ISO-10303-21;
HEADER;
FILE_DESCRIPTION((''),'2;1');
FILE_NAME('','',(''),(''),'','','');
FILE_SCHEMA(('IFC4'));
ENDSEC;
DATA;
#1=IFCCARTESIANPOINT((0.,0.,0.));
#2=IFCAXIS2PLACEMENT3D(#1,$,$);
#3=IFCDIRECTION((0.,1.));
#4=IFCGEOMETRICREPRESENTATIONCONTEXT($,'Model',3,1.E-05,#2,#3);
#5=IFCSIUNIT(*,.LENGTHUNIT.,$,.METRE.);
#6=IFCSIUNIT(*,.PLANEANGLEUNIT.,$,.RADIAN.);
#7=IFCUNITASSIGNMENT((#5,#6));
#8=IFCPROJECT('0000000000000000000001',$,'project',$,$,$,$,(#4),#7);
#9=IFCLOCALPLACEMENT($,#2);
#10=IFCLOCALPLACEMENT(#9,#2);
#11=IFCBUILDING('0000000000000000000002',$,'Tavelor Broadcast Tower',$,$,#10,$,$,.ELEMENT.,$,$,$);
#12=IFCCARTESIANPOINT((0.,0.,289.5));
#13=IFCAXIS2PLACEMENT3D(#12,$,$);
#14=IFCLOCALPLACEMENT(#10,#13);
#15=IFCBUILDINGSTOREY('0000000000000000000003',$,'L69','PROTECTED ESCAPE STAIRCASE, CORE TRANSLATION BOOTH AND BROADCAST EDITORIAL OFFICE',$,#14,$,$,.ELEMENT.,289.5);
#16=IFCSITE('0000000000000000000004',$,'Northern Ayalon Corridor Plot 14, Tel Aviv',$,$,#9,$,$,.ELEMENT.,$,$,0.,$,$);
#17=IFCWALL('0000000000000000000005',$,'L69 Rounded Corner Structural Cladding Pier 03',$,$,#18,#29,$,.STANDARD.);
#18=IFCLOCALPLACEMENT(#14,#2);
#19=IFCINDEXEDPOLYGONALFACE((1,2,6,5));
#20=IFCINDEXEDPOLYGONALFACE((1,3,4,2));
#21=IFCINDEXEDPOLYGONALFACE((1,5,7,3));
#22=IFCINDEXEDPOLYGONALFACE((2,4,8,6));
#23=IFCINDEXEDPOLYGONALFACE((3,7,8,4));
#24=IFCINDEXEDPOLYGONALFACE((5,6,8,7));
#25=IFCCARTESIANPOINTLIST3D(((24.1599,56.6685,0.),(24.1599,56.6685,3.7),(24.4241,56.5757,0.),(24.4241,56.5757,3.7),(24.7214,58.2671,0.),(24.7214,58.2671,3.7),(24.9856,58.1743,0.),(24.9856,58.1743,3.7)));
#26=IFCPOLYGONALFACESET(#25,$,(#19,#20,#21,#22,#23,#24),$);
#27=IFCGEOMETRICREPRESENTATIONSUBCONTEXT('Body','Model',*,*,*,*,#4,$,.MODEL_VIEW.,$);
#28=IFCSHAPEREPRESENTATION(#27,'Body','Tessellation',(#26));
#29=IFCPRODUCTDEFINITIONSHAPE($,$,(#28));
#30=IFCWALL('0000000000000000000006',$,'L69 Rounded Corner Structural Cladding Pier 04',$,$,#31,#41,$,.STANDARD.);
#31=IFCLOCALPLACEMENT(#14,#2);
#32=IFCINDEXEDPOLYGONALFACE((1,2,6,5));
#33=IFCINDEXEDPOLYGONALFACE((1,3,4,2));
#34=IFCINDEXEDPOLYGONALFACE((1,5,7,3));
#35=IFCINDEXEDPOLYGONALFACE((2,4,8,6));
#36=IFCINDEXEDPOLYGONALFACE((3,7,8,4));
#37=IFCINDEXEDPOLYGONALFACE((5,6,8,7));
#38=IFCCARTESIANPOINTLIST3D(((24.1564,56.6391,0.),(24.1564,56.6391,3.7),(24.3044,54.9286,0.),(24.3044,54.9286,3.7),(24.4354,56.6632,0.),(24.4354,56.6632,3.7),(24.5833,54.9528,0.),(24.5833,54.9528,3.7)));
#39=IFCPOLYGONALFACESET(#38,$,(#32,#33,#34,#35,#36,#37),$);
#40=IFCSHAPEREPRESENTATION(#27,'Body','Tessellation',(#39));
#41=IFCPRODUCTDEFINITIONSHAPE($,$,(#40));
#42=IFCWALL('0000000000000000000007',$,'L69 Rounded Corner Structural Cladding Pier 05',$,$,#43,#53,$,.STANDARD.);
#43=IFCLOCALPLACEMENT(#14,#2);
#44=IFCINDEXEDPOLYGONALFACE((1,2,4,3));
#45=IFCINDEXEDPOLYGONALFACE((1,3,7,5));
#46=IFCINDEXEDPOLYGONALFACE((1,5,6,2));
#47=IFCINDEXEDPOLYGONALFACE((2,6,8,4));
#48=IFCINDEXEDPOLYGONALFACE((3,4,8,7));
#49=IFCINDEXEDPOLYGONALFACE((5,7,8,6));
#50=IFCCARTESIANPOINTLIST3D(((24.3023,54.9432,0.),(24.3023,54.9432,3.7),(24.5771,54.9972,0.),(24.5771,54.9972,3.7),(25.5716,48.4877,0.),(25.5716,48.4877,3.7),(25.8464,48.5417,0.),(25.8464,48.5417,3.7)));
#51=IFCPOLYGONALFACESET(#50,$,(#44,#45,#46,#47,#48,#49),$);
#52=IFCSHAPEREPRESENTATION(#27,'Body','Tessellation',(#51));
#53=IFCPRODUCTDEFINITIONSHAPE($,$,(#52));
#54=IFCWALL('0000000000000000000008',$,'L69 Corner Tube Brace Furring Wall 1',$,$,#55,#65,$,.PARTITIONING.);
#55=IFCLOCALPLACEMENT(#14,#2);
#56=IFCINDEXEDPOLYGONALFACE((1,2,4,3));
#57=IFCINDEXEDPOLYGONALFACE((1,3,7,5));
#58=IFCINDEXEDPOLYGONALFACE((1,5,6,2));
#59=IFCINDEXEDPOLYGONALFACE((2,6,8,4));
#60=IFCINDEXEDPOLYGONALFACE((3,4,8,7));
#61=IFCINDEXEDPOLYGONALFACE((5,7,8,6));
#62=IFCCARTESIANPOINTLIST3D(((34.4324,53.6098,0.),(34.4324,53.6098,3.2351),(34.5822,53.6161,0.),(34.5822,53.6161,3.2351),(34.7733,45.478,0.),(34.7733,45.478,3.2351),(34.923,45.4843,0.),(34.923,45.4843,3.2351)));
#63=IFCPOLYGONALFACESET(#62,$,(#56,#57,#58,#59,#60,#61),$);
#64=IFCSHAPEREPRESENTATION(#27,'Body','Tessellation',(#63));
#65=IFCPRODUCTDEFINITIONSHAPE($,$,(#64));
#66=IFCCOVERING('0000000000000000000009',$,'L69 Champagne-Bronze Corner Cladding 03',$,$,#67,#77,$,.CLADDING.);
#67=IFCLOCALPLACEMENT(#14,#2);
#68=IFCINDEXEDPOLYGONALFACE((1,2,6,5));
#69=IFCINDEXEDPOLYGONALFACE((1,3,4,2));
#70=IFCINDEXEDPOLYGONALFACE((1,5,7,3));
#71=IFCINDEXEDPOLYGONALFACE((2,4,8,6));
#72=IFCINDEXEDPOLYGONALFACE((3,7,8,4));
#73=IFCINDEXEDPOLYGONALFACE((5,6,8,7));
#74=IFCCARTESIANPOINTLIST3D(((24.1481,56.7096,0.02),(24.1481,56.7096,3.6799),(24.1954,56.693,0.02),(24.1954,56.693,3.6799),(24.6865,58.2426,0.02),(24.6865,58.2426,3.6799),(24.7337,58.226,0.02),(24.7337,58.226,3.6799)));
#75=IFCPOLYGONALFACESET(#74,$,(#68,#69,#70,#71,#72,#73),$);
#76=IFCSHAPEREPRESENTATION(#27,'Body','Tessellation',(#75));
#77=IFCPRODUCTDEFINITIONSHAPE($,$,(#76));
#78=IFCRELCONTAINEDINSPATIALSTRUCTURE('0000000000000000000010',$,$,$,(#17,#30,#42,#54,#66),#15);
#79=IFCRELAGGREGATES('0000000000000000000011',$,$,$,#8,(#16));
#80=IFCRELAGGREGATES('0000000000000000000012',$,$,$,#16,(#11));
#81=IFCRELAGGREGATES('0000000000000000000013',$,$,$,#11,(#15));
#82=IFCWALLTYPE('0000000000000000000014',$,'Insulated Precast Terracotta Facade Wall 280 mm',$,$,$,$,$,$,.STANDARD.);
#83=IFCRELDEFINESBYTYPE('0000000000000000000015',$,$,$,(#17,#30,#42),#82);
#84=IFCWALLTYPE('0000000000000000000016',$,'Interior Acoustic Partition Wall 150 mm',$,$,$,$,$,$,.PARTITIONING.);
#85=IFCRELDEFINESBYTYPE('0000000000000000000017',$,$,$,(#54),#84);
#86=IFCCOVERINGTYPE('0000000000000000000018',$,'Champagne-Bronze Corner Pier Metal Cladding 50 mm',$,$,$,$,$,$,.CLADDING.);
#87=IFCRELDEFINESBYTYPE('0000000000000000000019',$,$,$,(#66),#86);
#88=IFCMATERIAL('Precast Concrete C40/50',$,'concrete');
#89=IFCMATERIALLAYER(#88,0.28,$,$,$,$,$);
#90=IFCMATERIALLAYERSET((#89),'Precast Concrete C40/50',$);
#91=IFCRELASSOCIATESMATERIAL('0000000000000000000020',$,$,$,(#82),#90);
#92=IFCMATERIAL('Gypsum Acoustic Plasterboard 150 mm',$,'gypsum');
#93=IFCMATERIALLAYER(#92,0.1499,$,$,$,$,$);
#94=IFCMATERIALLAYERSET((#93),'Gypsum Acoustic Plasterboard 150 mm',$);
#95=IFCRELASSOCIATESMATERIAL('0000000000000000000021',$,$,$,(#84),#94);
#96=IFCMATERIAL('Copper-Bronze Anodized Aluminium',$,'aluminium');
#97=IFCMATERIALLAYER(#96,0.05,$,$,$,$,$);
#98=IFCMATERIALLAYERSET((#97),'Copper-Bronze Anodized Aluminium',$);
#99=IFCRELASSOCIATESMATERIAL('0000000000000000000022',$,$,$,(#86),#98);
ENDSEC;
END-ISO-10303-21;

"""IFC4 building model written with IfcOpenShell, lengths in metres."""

from ifc_helpers import new_model, si_unit, direction, frame, frame_2d, origin, origin_2d, place, context, subcontext, project, spatial, rectangle, extrude, material, layer, layer_set, type_object, element, save


model = new_model("IFC4")

# Units and contexts
model_context = context("Model", 3, precision=1e-05, world=origin(), true_north=direction((0.0, 1.0)))
body_context = subcontext(model_context, "Body", "Model", "MODEL_VIEW")
ifc_project = project(units=[si_unit("LENGTHUNIT", "METRE"), si_unit("PLANEANGLEUNIT", "RADIAN")], contexts=[model_context])

# Site, building, storey
site_placement = place(None, origin())
site = spatial("IfcSite", under=ifc_project, at=site_placement, Name="Northern Ayalon Corridor Plot 14, Tel Aviv", CompositionType="ELEMENT", RefElevation=0.0)
building_placement = place(site_placement, origin())
building = spatial("IfcBuilding", under=site, at=building_placement, Name="Tavelor Broadcast Tower", CompositionType="ELEMENT")
storey_placement = place(building_placement, frame((0.0, 0.0, 289.5)))
storey = spatial("IfcBuildingStorey", under=building, at=storey_placement, Name="L69", Description="PROTECTED ESCAPE STAIRCASE, CORE TRANSLATION BOOTH AND BROADCAST EDITORIAL OFFICE", CompositionType="ELEMENT", Elevation=289.5)

# Walls
ifc_material_1 = material(Name="Precast Concrete C40/50", Category="concrete")
ifc_layer_1 = layer(ifc_material_1, 0.28)
ifc_layer_set_1 = layer_set([ifc_layer_1], Name="Precast Concrete C40/50")
wall_type_1 = type_object("IfcWallType", Name="Insulated Precast Terracotta Facade Wall 280 mm", PredefinedType="STANDARD", material=ifc_layer_set_1)
for number, where, z_axis, x_axis, name in (
    (1, (24.8535, 58.2207, 0.0), (0.0, 0.0, 1.0), (-0.331403, -0.943489, 0.0), "L69 Rounded Corner Structural Cladding Pier 03"),
):
    element("IfcWall", number, at=place(storey_placement, frame(where, z_axis=z_axis, x_axis=x_axis)), inside=storey, type_object=wall_type_1, Name=name, PredefinedType="STANDARD", context=body_context, shape_type="SweptSolid", body=[
        extrude(rectangle(XDim=1.6943, YDim=0.28, at=frame_2d((0.8472, 0.0))), origin(), (0.0, 0.0, 1.0), 3.7),
    ])
wall_1_placement = place(storey_placement, frame((24.2959, 56.6511, 0.0), z_axis=(0.0, 0.0, 1.0), x_axis=(0.086176, -0.99628, 0.0)))
element("IfcWall", 2, at=wall_1_placement, inside=storey, type_object=wall_type_1, Name="L69 Rounded Corner Structural Cladding Pier 04", PredefinedType="STANDARD", context=body_context, shape_type="SweptSolid", body=[
    extrude(rectangle(XDim=1.7168, YDim=0.28, at=frame_2d((0.8584, 0.0))), origin(), (0.0, 0.0, 1.0), 3.7),
])
wall_2_placement = place(storey_placement, frame((24.4397, 54.9702, 0.0), z_axis=(0.0, 0.0, 1.0), x_axis=(0.192925, -0.981213, 0.0)))
element("IfcWall", 3, at=wall_2_placement, inside=storey, type_object=wall_type_1, Name="L69 Rounded Corner Structural Cladding Pier 05", PredefinedType="STANDARD", context=body_context, shape_type="SweptSolid", body=[
    extrude(rectangle(XDim=6.5791, YDim=0.28, at=frame_2d((3.2896, 0.0))), origin(), (0.0, 0.0, 1.0), 3.7),
])
ifc_material_2 = material(Name="Gypsum Acoustic Plasterboard 150 mm", Category="gypsum")
ifc_layer_2 = layer(ifc_material_2, 0.1499)
ifc_layer_set_2 = layer_set([ifc_layer_2], Name="Gypsum Acoustic Plasterboard 150 mm")
wall_type_2 = type_object("IfcWallType", Name="Interior Acoustic Partition Wall 150 mm", PredefinedType="PARTITIONING", material=ifc_layer_set_2)
wall_3_placement = place(storey_placement, frame((34.5073, 53.6128, 0.0), z_axis=(0.0, 0.0, 1.0), x_axis=(0.041875, -0.999123, 0.0)))
element("IfcWall", 4, at=wall_3_placement, inside=storey, type_object=wall_type_2, Name="L69 Corner Tube Brace Furring Wall 1", PredefinedType="PARTITIONING", context=body_context, shape_type="SweptSolid", body=[
    extrude(rectangle(XDim=8.1389, YDim=0.1499, at=frame_2d((4.0693, 0.0))), origin(), (0.0, 0.0, 1.0), 3.2351),
])

# Covering
ifc_material_3 = material(Name="Copper-Bronze Anodized Aluminium", Category="aluminium")
ifc_layer_3 = layer(ifc_material_3, 0.05)
ifc_layer_set_3 = layer_set([ifc_layer_3], Name="Copper-Bronze Anodized Aluminium")
covering_type = type_object("IfcCoveringType", Name="Champagne-Bronze Corner Pier Metal Cladding 50 mm", PredefinedType="CLADDING", material=ifc_layer_set_3)
covering_placement = place(storey_placement, frame((24.4409, 57.4678, 0.02), z_axis=(0.0, 0.0, 1.0), x_axis=(-0.331338, -0.943512, 0.0)))
element("IfcCovering", 5, at=covering_placement, inside=storey, type_object=covering_type, Name="L69 Champagne-Bronze Corner Cladding 03", PredefinedType="CLADDING", context=body_context, shape_type="SweptSolid", body=[
    extrude(rectangle(XDim=1.6248, YDim=0.05, at=origin_2d()), origin(), (0.0, 0.0, 1.0), 3.6599),
])

save(model, "model.ifc")
